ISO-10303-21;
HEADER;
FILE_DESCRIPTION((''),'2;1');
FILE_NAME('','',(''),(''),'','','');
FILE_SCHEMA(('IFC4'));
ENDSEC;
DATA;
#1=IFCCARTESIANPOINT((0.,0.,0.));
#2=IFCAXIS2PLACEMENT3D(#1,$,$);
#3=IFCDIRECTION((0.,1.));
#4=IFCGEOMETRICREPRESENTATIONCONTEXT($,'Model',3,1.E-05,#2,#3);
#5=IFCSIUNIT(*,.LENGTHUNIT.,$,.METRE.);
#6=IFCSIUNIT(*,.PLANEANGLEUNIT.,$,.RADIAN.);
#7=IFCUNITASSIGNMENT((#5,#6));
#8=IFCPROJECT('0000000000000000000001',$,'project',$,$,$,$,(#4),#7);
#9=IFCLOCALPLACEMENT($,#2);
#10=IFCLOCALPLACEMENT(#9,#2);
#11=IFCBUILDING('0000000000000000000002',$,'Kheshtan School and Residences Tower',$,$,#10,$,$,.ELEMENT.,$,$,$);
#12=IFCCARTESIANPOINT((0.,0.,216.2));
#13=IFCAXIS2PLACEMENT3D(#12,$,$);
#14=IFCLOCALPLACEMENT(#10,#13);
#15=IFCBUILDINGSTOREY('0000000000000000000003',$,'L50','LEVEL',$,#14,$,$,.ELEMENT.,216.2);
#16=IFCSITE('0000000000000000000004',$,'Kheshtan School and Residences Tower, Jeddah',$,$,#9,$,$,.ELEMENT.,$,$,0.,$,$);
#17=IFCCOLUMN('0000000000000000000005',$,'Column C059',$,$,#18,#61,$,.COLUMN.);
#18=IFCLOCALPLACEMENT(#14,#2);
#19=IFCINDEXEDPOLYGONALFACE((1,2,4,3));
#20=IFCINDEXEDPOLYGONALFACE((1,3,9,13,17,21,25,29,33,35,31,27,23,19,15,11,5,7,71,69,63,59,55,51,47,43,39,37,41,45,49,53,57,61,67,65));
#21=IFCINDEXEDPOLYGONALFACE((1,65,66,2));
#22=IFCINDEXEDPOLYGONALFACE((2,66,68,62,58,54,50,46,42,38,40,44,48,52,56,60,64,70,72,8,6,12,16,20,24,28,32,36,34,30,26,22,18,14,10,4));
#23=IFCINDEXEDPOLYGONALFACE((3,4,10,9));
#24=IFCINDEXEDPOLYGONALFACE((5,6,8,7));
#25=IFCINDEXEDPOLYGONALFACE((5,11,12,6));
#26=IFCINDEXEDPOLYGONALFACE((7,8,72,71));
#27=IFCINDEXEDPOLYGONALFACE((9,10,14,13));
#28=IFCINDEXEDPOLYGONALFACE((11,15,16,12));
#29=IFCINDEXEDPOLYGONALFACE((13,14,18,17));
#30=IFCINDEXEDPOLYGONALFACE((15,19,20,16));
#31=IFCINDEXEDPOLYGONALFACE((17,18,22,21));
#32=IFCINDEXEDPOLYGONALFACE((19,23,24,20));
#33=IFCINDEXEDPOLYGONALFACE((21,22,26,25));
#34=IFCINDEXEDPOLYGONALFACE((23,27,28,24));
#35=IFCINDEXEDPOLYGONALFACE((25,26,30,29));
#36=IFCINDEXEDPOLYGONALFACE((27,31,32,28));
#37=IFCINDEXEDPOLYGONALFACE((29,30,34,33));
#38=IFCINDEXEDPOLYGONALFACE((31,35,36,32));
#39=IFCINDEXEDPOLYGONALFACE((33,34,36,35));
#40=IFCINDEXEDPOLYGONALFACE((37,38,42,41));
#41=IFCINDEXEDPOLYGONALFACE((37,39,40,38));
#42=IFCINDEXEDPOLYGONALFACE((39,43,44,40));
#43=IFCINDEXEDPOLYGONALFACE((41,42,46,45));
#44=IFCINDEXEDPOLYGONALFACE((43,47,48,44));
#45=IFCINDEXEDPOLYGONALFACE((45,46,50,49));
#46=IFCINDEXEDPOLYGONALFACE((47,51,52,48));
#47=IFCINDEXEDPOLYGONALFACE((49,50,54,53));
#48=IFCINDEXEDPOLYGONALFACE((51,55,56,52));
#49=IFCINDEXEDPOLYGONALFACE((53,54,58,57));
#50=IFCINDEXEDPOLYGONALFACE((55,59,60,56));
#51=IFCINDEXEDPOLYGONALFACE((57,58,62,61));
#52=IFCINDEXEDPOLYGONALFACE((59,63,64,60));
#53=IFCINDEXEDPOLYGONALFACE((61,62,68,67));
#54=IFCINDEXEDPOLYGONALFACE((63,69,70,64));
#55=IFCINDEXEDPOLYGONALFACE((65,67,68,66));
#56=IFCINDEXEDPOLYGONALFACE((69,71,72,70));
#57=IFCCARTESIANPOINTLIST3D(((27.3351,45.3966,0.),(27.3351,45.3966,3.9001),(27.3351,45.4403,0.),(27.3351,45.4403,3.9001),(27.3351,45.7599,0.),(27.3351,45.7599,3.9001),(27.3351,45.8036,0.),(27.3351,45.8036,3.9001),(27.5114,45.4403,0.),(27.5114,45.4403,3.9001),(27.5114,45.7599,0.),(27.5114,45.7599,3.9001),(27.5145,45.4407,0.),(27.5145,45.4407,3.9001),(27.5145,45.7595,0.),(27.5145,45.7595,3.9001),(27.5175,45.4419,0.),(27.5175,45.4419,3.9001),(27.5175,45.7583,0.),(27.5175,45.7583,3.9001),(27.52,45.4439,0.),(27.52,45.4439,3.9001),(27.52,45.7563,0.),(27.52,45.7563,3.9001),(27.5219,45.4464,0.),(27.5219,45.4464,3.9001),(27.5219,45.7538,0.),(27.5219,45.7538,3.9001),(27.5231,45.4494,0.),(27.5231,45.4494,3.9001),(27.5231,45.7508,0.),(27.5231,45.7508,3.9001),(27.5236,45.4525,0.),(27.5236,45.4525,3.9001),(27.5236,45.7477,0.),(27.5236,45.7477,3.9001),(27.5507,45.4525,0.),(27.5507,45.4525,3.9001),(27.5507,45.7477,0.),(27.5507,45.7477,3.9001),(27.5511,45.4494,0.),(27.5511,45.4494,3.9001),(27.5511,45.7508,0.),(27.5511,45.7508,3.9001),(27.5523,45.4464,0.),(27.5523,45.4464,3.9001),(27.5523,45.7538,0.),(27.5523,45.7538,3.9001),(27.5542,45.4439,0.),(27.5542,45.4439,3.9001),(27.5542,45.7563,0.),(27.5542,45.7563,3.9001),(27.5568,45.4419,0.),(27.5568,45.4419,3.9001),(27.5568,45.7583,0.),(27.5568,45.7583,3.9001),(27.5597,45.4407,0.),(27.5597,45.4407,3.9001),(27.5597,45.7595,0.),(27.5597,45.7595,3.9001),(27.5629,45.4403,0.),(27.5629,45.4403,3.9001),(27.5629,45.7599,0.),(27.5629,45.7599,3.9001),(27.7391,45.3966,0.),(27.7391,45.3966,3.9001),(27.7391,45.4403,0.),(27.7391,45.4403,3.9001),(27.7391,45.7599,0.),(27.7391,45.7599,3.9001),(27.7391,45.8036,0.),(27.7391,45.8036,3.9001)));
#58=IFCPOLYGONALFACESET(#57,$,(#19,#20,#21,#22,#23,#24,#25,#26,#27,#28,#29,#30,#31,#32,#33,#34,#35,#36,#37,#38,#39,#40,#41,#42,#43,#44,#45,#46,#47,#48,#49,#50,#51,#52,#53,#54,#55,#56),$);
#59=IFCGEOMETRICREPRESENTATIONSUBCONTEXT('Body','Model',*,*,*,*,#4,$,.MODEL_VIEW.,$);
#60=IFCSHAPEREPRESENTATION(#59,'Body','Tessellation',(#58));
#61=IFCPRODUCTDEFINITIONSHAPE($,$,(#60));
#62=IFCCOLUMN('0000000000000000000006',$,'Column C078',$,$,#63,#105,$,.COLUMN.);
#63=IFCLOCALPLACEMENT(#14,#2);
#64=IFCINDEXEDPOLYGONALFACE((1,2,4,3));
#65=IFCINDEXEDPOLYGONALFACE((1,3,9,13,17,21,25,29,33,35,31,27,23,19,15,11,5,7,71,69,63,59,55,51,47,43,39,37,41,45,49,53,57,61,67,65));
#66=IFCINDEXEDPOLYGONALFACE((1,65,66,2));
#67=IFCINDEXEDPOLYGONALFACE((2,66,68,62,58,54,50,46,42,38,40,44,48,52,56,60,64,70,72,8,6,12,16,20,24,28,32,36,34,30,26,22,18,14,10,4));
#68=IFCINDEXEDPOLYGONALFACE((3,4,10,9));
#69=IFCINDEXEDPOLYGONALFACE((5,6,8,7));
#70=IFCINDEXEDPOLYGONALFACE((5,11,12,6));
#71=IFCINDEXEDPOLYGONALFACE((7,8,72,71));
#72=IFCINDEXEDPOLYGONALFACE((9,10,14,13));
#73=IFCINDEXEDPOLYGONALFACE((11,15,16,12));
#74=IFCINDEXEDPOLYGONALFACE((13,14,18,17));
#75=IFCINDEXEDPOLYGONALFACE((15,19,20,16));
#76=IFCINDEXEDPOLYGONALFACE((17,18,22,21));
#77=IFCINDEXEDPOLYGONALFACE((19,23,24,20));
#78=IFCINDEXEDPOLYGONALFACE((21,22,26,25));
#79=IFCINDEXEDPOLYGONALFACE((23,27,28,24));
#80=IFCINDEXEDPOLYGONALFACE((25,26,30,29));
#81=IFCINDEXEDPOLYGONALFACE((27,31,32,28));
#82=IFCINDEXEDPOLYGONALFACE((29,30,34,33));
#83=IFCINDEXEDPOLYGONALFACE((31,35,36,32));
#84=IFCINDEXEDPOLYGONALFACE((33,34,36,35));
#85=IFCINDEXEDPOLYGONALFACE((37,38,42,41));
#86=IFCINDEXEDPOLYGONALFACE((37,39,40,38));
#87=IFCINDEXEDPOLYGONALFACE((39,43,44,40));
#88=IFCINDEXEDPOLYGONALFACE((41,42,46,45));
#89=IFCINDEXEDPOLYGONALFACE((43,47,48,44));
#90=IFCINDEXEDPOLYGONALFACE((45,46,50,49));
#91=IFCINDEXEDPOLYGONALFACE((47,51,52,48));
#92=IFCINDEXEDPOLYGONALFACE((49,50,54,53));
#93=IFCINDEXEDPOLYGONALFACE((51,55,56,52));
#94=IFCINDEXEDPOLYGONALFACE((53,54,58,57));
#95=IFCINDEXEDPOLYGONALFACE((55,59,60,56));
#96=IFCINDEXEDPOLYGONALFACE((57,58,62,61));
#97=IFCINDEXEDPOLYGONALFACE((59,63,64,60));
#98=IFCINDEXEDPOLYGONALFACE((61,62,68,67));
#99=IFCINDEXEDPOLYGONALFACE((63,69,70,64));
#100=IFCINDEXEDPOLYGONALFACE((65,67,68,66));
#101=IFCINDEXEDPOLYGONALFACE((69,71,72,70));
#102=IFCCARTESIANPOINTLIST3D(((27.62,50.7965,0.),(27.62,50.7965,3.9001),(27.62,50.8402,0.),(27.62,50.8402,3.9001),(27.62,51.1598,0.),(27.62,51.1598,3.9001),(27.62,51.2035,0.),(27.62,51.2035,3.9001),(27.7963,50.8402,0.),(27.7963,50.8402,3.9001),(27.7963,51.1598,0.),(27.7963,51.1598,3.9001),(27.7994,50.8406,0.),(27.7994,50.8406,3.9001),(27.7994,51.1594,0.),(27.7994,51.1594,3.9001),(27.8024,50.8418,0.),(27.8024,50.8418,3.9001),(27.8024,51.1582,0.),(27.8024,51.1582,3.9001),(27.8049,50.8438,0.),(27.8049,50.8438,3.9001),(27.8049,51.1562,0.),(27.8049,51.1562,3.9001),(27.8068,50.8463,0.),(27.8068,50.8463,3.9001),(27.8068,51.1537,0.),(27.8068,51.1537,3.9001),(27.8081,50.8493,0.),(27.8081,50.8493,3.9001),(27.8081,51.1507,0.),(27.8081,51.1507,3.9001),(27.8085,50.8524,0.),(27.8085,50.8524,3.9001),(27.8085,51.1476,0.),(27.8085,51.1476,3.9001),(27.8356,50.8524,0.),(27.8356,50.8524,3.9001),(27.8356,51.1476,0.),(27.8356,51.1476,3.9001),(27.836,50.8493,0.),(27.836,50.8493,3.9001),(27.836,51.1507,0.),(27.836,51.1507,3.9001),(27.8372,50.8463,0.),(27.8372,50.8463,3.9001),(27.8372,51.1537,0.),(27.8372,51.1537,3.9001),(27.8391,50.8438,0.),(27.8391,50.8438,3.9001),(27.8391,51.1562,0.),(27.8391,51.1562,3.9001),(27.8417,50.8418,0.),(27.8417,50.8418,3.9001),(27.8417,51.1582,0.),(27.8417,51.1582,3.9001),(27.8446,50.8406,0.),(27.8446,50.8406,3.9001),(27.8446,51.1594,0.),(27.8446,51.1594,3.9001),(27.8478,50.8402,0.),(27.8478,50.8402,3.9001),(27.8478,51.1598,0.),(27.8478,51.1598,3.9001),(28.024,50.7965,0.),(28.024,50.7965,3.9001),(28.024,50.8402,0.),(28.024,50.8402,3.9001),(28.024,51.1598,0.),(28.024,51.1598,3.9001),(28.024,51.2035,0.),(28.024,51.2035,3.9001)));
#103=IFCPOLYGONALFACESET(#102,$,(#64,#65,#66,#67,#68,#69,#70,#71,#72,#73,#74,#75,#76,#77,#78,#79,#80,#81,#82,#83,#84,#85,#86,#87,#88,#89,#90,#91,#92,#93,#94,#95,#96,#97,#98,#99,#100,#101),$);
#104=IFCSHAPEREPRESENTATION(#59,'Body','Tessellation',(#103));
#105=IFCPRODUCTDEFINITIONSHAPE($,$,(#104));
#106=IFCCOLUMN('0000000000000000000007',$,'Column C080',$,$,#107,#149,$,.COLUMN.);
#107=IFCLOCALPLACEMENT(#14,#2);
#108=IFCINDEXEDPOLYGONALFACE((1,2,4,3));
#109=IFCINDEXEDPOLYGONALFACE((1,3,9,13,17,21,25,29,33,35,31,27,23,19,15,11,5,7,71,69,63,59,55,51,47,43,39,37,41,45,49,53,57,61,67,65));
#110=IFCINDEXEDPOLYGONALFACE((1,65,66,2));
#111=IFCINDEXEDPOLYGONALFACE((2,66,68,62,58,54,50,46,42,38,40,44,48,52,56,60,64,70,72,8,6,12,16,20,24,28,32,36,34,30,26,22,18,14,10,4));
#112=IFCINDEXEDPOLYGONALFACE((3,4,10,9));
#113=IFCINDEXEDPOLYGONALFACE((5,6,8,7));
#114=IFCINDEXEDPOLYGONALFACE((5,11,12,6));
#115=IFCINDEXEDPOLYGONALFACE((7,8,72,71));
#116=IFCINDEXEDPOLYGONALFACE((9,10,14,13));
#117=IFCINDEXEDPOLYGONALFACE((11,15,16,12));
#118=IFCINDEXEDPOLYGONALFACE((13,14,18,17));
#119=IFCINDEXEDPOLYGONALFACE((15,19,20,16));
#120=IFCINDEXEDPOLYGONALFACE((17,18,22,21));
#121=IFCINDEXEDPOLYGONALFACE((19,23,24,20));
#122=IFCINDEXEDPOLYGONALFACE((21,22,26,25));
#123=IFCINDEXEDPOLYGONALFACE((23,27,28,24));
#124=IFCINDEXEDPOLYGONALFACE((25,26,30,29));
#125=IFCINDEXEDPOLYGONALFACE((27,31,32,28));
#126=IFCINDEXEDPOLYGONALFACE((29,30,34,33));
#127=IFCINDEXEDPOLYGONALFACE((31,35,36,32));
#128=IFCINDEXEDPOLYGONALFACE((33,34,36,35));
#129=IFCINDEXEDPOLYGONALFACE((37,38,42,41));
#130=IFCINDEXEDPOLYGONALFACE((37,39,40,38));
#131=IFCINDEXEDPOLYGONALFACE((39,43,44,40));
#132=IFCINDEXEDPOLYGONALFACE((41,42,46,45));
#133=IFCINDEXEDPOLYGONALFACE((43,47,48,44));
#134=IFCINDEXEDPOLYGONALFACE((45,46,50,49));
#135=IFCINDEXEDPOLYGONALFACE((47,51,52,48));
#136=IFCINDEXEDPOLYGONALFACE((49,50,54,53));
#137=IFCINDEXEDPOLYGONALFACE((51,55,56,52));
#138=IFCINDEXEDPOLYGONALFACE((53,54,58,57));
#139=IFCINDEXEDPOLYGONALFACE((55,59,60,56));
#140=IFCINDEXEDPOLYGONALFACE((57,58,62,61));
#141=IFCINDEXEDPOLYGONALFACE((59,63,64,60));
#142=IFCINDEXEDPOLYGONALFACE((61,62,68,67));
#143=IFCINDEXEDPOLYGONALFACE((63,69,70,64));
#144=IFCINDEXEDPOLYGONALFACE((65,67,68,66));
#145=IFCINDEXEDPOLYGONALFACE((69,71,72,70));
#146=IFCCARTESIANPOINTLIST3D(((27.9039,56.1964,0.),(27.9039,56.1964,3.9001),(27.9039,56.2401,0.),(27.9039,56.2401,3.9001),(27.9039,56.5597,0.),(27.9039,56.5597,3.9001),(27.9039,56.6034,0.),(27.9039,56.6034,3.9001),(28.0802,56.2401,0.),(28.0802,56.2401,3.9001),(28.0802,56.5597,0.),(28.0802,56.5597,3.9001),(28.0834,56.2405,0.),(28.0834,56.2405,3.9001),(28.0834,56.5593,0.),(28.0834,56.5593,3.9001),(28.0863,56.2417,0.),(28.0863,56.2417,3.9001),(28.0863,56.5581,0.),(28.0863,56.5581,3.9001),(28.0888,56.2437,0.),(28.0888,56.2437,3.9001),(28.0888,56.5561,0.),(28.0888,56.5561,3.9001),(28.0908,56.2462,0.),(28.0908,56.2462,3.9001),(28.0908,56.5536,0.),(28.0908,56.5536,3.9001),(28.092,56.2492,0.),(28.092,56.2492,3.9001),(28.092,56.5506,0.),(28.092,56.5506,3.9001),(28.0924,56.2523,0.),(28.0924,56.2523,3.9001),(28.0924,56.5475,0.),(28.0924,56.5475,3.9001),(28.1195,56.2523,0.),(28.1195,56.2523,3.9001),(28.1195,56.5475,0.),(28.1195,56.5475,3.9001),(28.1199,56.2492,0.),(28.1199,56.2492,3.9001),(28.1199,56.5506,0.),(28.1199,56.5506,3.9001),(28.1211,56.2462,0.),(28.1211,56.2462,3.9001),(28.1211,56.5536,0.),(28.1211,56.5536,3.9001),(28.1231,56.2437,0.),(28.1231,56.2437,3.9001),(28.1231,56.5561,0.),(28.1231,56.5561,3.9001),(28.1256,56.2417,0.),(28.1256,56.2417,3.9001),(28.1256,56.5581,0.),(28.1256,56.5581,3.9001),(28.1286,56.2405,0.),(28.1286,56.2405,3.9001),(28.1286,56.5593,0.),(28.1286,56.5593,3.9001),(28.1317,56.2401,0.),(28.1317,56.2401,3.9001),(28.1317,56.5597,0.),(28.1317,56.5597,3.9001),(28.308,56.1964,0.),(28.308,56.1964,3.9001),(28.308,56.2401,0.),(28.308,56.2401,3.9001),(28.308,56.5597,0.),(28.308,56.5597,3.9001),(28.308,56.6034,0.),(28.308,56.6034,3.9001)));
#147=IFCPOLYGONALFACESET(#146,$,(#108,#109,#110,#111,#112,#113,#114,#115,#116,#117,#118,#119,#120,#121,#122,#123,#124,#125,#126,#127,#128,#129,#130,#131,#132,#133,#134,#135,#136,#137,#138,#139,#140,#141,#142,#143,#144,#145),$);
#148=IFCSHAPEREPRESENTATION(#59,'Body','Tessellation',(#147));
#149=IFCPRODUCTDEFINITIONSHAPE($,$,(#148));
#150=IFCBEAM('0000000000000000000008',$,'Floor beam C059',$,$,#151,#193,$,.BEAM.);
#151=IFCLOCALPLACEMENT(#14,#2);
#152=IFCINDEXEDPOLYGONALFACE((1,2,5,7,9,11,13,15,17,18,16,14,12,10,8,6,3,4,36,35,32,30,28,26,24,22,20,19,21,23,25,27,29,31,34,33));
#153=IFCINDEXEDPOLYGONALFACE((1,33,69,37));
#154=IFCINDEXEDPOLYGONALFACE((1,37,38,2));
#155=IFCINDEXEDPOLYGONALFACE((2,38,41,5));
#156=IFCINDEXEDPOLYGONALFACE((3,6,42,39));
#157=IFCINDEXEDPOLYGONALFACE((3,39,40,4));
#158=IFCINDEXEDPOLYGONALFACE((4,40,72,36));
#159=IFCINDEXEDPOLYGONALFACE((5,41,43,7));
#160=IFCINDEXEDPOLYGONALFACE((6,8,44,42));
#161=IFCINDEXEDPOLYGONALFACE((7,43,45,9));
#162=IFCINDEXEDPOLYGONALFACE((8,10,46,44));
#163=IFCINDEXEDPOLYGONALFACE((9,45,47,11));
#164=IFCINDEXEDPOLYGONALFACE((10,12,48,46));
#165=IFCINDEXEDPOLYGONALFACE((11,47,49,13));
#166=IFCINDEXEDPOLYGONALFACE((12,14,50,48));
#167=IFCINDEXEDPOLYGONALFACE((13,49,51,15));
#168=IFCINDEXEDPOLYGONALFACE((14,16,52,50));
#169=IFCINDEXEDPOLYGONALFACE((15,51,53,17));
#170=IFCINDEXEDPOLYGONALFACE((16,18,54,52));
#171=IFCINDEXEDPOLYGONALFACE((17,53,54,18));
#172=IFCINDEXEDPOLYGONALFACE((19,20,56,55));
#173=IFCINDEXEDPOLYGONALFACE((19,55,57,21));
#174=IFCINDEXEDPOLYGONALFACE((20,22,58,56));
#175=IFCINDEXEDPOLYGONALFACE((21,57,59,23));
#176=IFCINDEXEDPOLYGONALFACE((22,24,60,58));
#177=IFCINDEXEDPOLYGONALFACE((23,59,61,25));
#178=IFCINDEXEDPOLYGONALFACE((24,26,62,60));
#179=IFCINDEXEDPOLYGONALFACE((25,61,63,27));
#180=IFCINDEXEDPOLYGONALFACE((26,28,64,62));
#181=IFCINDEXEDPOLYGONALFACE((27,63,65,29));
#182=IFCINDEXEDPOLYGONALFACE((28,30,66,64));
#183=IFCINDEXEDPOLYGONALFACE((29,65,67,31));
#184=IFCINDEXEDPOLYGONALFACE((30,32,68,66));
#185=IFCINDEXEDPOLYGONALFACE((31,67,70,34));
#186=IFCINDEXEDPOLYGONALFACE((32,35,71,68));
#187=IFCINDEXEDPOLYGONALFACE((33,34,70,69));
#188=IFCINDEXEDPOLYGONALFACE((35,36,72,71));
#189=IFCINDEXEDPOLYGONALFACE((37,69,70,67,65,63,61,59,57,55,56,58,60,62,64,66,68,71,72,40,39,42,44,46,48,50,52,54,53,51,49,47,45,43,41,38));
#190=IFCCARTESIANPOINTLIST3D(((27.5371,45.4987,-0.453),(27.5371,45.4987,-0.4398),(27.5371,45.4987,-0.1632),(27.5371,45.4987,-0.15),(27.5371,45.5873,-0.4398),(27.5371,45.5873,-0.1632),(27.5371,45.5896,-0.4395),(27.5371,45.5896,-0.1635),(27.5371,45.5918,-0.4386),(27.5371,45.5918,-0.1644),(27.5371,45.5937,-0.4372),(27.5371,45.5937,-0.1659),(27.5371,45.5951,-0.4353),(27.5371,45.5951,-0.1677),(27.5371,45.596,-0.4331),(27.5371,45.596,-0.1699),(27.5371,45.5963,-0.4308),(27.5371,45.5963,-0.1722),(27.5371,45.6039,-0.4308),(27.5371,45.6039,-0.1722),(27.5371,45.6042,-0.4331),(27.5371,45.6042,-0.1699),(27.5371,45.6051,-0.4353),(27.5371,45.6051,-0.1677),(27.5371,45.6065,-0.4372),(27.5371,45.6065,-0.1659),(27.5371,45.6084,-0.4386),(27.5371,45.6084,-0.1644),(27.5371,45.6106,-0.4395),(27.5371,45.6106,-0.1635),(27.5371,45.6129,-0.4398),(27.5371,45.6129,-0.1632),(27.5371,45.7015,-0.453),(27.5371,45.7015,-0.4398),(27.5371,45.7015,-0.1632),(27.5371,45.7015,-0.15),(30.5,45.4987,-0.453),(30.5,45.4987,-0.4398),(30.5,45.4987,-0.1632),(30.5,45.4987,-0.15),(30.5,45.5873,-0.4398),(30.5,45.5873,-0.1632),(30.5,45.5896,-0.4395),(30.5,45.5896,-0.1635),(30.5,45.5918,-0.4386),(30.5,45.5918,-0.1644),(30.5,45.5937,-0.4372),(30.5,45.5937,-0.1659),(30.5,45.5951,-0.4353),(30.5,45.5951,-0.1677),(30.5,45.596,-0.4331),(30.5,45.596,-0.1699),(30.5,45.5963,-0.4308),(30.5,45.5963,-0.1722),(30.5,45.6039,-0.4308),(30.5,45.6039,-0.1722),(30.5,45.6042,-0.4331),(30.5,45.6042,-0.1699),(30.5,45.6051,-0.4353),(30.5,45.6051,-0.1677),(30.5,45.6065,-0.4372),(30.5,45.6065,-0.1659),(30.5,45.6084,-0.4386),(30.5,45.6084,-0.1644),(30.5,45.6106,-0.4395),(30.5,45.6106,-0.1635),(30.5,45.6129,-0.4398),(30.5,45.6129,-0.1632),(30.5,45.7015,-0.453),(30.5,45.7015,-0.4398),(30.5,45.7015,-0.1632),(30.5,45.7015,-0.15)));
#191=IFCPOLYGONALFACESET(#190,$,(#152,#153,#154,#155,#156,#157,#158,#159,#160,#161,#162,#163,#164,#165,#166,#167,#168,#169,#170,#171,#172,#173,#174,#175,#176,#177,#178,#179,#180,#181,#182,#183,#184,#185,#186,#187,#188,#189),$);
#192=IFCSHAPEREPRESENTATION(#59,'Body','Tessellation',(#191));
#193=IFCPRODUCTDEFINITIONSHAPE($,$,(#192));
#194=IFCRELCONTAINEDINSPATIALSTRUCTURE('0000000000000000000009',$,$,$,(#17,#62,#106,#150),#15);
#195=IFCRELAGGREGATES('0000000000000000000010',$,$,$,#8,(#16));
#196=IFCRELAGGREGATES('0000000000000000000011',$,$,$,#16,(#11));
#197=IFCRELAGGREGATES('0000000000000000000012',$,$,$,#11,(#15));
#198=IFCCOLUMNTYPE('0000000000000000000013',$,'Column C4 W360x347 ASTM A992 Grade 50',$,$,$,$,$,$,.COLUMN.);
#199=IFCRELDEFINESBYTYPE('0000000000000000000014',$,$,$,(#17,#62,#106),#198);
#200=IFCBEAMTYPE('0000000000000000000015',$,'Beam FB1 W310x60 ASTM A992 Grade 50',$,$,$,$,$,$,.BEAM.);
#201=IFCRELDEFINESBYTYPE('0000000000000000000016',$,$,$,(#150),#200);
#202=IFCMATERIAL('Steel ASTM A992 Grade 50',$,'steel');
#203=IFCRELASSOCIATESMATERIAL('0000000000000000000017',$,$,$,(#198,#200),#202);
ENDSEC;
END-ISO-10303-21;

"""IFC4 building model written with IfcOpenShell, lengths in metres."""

from ifc_helpers import new_model, si_unit, direction, frame, origin, origin_2d, place, context, subcontext, project, spatial, i_section, extrude, material, material_profile, profile_set, type_object, element, save


model = new_model("IFC4")

# Units and contexts
model_context = context("Model", 3, precision=1e-05, world=origin(), true_north=direction((0.0, 1.0)))
body_context = subcontext(model_context, "Body", "Model", "MODEL_VIEW")
ifc_project = project(units=[si_unit("LENGTHUNIT", "METRE"), si_unit("PLANEANGLEUNIT", "RADIAN")], contexts=[model_context])

# Site, building, storey
site_placement = place(None, origin())
site = spatial("IfcSite", under=ifc_project, at=site_placement, Name="Kheshtan School and Residences Tower, Jeddah", CompositionType="ELEMENT", RefElevation=0.0)
building_placement = place(site_placement, origin())
building = spatial("IfcBuilding", under=site, at=building_placement, Name="Kheshtan School and Residences Tower", CompositionType="ELEMENT")
storey_placement = place(building_placement, frame((0.0, 0.0, 216.2)))
storey = spatial("IfcBuildingStorey", under=building, at=storey_placement, Name="L50", Description="LEVEL", CompositionType="ELEMENT", Elevation=216.2)

# Columns
ifc_material_1 = material(Name="Steel ASTM A992 Grade 50", Category="steel")
ifc_material_profile_1 = material_profile(ifc_material_1, i_section(OverallWidth=0.4041, OverallDepth=0.407, WebThickness=0.0271, FlangeThickness=0.0437, FilletRadius=0.0122, at=origin_2d()), Name="W360x347")
ifc_profile_set_1 = profile_set([ifc_material_profile_1], Name="Steel ASTM A992 Grade 50")
column_type = type_object("IfcColumnType", Name="Column C4 W360x347 ASTM A992 Grade 50", PredefinedType="COLUMN", material=ifc_profile_set_1)
for number, where, z_axis, x_axis, name in (
    (1, (27.5371, 45.6001, 0.0), (0.0, 0.0, 1.0), (1.0, 0.0, 0.0), "Column C059"),
    (2, (27.822, 51.0, 0.0), (0.0, 0.0, 1.0), (1.0, 0.0, 0.0), "Column C078"),
    (3, (28.106, 56.3999, 0.0), (0.0, 0.0, 1.0), (1.0, 0.0, 0.0), "Column C080"),
):
    element("IfcColumn", number, at=place(storey_placement, frame(where, z_axis=z_axis, x_axis=x_axis)), inside=storey, type_object=column_type, Name=name, PredefinedType="COLUMN", context=body_context, shape_type="SweptSolid", body=[
        extrude(i_section(OverallWidth=0.4041, OverallDepth=0.407, WebThickness=0.0271, FlangeThickness=0.0437, FilletRadius=0.0122, at=origin_2d()), origin(), (0.0, 0.0, 1.0), 3.9001),
    ])

# Beam
ifc_material_profile_2 = material_profile(ifc_material_1, i_section(OverallWidth=0.2029, OverallDepth=0.303, WebThickness=0.0076, FlangeThickness=0.0132, FilletRadius=0.009, at=origin_2d()), Name="W310x60")
ifc_profile_set_2 = profile_set([ifc_material_profile_2], Name="Steel ASTM A992 Grade 50")
beam_type_1 = type_object("IfcBeamType", Name="Beam FB1 W310x60 ASTM A992 Grade 50", PredefinedType="BEAM", material=ifc_profile_set_2)
beam_placement = place(storey_placement, frame((27.5371, 45.6001, -0.3015), z_axis=(1.0, 0.0, 0.0), x_axis=(0.0, 1.0, 0.0)))
element("IfcBeam", 4, at=beam_placement, inside=storey, type_object=beam_type_1, Name="Floor beam C059", PredefinedType="BEAM", context=body_context, shape_type="SweptSolid", body=[
    extrude(i_section(OverallWidth=0.2029, OverallDepth=0.303, WebThickness=0.0076, FlangeThickness=0.0132, FilletRadius=0.009, at=origin_2d()), origin(), (0.0, 0.0, 1.0), 2.9629),
])

save(model, "model.ifc")
